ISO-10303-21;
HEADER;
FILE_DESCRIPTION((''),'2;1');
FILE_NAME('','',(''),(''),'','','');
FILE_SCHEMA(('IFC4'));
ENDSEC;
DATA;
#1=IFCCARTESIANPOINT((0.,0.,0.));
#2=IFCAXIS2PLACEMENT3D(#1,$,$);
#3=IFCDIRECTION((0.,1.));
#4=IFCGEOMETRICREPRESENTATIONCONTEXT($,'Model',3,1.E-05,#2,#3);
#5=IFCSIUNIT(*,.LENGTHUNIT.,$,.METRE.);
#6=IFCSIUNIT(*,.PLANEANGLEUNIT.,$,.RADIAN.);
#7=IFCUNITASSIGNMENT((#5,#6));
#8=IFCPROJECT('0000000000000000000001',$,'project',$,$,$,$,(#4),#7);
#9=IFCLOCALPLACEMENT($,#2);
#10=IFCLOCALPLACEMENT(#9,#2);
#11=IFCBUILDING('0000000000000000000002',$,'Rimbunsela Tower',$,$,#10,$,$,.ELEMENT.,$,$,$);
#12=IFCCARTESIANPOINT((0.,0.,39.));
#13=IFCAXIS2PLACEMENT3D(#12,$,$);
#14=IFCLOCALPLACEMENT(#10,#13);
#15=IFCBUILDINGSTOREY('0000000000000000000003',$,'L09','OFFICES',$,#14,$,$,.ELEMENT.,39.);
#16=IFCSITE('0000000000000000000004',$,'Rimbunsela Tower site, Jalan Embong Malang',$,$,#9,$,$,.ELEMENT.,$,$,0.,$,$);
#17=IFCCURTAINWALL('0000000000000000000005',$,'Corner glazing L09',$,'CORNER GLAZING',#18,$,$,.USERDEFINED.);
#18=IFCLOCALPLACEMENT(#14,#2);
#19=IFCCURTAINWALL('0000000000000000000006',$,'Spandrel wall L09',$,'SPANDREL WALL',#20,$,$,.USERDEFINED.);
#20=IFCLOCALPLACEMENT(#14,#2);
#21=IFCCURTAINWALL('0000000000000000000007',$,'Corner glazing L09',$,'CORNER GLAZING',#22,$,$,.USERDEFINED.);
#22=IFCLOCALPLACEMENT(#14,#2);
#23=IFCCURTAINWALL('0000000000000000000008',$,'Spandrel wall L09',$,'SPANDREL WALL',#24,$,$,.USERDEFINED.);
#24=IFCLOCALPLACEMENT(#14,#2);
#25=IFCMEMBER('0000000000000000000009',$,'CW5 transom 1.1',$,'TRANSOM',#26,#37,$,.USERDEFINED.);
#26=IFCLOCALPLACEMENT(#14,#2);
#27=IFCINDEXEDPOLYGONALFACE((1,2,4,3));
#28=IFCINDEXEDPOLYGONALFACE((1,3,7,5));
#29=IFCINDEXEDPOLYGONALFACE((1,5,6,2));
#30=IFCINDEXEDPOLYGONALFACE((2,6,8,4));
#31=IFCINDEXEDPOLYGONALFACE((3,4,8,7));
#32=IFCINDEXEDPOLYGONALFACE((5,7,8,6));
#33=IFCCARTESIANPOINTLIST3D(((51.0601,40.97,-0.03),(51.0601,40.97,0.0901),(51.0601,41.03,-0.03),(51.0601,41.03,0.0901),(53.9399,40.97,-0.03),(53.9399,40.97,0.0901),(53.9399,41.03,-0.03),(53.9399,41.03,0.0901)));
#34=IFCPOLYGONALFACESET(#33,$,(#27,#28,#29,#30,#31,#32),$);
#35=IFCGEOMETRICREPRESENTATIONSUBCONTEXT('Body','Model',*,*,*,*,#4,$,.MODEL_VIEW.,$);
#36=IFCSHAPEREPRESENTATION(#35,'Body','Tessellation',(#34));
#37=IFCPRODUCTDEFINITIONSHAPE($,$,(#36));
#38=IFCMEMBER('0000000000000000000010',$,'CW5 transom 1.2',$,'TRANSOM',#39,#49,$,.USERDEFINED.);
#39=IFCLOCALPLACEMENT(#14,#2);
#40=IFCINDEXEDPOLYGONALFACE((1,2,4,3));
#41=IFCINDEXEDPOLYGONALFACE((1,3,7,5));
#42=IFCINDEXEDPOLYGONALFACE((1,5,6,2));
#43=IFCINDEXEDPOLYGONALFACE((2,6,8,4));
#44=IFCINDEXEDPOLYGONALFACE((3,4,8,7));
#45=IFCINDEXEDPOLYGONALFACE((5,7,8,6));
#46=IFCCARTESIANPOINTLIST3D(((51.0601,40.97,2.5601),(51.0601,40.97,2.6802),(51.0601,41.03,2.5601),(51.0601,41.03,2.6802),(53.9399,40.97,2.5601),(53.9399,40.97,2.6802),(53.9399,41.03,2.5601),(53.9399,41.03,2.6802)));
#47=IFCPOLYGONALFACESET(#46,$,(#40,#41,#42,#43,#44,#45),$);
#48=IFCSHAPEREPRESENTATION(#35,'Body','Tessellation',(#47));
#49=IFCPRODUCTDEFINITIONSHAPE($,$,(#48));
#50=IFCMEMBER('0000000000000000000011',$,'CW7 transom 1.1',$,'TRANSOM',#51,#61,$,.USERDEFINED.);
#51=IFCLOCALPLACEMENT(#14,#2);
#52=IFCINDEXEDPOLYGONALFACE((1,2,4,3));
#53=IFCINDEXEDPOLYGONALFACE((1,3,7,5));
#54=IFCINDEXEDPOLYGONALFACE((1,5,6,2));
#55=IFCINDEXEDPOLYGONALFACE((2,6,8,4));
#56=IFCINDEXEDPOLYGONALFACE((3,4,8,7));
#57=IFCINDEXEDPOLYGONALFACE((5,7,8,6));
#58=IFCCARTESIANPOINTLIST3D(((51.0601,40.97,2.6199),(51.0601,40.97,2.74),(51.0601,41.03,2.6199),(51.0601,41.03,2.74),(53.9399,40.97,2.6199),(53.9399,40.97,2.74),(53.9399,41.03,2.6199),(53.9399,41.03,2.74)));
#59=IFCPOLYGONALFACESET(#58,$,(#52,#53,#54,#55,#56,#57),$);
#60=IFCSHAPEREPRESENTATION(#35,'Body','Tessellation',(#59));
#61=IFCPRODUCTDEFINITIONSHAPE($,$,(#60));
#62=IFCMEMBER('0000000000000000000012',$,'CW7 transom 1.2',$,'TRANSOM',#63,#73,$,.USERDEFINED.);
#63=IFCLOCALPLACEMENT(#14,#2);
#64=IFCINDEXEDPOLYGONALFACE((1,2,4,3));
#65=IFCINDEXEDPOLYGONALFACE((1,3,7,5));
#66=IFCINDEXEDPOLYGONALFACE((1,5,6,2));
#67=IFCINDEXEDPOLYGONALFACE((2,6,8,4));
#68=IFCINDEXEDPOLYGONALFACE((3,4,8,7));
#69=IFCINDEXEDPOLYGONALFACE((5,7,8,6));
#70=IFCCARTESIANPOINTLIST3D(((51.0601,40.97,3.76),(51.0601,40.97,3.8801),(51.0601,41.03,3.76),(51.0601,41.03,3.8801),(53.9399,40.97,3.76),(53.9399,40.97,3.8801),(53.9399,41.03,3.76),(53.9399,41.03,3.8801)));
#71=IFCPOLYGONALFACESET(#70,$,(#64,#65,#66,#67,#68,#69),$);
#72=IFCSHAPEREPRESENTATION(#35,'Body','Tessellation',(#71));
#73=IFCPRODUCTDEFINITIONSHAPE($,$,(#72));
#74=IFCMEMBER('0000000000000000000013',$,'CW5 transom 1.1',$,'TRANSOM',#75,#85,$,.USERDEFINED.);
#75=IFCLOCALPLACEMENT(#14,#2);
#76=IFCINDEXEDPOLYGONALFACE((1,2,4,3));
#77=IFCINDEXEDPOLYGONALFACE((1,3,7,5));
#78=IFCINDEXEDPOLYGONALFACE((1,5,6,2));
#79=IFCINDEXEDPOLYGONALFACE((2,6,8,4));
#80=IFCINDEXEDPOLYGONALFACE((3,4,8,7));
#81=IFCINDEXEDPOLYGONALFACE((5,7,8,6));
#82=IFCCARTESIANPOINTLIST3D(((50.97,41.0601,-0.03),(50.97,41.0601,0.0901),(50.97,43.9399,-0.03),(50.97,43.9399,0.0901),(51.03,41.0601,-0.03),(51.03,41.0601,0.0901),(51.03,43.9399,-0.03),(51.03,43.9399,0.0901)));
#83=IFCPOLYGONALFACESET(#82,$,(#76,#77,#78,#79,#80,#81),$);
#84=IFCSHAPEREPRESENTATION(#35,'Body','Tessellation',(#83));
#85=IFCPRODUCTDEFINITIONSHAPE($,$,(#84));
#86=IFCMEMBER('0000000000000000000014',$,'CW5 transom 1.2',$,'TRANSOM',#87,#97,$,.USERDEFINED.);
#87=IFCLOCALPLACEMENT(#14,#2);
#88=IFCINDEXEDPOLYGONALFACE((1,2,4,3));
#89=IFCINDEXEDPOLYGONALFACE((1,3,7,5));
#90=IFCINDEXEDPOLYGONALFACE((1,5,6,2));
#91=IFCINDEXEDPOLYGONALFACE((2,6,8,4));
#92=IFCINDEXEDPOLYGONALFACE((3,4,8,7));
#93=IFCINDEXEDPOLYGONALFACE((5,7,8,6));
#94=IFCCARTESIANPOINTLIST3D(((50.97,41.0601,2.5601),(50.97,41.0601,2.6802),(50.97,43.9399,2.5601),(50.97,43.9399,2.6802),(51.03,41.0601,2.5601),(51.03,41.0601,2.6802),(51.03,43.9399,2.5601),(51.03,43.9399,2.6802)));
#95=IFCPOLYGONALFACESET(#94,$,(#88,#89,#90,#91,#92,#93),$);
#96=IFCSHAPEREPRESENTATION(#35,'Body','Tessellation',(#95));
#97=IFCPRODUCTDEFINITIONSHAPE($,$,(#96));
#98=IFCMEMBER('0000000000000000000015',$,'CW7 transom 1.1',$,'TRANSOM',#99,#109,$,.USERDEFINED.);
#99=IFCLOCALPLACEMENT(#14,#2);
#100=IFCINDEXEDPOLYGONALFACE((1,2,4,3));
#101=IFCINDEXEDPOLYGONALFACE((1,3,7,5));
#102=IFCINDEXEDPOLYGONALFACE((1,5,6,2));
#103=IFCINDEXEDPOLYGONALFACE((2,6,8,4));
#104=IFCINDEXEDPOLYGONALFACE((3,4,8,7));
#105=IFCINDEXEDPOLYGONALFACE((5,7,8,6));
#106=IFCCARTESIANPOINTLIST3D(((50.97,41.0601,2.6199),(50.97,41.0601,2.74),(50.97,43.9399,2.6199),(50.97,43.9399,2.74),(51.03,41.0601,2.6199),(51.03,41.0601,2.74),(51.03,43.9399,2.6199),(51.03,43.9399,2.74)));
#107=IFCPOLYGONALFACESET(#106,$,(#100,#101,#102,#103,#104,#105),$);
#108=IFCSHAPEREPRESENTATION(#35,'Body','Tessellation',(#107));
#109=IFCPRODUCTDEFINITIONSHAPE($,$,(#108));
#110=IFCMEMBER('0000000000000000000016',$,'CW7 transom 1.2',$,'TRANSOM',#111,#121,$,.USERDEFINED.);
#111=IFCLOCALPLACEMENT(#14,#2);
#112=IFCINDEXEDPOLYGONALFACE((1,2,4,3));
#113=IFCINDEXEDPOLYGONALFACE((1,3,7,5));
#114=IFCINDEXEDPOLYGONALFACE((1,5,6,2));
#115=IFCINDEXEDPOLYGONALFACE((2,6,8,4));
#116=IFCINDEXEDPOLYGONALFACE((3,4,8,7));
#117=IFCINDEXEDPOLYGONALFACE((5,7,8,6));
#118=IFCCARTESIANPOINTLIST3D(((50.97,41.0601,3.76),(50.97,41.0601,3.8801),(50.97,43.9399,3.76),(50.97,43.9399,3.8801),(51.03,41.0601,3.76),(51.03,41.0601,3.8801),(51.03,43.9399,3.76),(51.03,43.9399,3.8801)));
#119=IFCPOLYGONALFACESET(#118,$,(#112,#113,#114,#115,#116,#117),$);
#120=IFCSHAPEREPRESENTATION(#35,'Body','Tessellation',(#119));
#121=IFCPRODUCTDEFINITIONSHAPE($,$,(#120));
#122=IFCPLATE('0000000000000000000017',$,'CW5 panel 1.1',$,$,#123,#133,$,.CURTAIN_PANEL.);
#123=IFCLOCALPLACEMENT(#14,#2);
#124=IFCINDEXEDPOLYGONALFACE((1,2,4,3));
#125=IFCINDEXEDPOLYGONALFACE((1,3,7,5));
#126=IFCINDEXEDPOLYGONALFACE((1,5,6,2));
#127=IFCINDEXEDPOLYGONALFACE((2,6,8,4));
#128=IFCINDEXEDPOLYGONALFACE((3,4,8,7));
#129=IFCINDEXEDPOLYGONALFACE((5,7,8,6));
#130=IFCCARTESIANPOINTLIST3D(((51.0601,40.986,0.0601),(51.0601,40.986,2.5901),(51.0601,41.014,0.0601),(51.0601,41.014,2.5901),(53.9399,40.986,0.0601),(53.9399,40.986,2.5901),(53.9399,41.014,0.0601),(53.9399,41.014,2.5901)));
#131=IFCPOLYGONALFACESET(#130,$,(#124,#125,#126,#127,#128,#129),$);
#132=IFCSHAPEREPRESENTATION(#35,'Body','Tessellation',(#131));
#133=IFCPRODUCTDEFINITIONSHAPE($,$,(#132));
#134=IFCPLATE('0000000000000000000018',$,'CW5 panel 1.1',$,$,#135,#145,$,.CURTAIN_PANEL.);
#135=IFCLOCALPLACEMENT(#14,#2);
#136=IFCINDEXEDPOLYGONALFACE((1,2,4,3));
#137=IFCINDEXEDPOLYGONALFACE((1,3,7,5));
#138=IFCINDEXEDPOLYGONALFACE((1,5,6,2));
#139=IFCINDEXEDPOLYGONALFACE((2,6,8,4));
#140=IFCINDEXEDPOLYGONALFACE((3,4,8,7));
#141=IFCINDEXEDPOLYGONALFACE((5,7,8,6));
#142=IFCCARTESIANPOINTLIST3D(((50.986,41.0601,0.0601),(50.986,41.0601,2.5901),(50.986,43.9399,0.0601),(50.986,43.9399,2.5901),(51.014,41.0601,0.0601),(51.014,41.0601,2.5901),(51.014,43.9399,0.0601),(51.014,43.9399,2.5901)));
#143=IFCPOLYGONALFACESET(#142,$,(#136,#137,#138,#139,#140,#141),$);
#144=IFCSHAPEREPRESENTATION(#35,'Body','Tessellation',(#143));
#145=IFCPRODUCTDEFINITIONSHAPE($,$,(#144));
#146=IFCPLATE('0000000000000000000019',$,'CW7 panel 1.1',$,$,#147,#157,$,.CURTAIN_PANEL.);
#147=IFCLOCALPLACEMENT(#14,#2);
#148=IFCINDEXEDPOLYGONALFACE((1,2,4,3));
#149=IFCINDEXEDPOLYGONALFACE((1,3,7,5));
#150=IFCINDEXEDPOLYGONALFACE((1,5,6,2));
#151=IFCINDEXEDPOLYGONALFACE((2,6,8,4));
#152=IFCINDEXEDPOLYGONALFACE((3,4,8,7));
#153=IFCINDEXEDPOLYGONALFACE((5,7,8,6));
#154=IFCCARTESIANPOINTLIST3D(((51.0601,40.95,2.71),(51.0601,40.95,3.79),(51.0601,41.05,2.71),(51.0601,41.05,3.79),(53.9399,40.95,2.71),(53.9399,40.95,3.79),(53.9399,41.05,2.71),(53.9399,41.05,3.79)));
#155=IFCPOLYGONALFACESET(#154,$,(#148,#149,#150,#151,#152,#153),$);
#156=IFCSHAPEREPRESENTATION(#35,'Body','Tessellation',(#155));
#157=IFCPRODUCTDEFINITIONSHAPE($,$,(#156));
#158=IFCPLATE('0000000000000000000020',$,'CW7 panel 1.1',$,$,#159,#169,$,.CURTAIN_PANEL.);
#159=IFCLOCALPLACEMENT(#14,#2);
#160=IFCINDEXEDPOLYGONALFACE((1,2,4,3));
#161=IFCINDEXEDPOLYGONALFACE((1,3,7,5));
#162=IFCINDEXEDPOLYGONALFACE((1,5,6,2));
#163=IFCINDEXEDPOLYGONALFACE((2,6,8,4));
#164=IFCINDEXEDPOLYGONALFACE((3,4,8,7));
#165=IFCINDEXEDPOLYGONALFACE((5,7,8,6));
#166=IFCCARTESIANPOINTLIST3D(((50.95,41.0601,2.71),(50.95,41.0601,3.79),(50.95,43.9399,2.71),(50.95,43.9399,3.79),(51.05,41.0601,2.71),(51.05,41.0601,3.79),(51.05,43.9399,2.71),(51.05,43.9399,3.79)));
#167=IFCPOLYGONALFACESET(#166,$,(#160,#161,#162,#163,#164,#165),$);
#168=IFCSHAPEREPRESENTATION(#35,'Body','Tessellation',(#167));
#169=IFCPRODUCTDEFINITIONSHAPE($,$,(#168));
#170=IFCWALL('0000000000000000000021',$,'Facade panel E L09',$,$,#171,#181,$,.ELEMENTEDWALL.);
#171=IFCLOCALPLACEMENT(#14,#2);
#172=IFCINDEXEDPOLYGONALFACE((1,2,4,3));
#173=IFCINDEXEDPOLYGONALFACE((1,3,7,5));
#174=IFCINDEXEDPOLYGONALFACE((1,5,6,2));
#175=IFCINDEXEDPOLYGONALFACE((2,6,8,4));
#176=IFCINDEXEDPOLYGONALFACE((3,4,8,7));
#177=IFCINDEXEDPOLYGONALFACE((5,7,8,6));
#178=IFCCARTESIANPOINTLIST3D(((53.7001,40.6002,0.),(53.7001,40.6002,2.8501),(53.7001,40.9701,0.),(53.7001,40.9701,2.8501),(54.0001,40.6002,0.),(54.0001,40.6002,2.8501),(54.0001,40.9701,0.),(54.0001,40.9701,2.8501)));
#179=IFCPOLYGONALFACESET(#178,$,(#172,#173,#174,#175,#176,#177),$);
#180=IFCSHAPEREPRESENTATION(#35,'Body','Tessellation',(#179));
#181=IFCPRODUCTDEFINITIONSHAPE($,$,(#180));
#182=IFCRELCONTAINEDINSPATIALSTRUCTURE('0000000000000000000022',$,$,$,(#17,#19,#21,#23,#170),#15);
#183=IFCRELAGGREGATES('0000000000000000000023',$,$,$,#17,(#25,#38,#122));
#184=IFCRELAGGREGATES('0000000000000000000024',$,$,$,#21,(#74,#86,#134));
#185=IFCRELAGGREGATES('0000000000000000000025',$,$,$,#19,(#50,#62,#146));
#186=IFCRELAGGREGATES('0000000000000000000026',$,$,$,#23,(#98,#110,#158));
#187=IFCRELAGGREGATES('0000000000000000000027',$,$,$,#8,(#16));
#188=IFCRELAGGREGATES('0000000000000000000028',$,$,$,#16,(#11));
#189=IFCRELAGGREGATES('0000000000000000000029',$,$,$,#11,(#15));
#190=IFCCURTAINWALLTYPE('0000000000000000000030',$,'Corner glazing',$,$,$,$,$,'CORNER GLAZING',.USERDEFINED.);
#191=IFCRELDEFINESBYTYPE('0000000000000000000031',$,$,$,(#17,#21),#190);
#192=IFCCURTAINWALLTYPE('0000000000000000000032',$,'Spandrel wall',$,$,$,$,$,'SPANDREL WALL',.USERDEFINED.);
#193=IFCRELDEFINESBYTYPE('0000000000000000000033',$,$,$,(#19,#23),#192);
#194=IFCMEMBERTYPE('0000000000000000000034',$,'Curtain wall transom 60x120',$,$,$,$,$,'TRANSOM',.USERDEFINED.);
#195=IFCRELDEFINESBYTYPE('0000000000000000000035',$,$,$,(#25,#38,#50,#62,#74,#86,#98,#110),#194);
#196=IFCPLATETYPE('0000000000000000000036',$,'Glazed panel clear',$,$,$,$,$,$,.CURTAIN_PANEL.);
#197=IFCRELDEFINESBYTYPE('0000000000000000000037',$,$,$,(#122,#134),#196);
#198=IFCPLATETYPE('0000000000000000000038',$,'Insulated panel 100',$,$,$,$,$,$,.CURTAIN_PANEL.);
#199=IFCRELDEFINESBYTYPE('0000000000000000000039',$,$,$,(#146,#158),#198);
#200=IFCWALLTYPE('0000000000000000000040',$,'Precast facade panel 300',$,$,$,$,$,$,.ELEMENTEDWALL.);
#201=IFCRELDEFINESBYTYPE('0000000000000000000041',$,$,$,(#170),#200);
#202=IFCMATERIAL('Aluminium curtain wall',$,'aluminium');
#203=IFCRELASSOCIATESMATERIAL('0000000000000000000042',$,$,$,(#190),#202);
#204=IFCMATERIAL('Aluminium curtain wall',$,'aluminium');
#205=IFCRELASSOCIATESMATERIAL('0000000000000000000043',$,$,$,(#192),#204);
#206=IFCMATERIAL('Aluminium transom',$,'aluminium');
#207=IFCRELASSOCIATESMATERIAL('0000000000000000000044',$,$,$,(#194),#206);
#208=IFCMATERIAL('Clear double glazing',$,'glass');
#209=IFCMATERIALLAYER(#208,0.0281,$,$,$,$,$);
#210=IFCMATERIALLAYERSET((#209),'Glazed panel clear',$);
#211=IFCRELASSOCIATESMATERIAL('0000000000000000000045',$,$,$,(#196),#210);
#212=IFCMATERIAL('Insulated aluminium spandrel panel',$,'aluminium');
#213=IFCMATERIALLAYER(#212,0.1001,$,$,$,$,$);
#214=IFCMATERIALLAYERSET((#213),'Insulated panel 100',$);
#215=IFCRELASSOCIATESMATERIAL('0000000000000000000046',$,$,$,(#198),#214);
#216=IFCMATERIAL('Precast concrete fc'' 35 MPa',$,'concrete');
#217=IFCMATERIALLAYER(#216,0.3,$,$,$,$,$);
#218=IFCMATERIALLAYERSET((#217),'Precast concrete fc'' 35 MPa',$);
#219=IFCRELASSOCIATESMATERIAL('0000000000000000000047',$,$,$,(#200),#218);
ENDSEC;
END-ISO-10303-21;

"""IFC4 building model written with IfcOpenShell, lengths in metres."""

from ifc_helpers import new_model, si_unit, direction, frame, frame_2d, origin, origin_2d, place, context, subcontext, project, spatial, rectangle, extrude, material, layer, layer_set, material_profile, profile_set, type_object, element, aggregate, save


model = new_model("IFC4")

# Units and contexts
model_context = context("Model", 3, precision=1e-05, world=origin(), true_north=direction((0.0, 1.0)))
body_context = subcontext(model_context, "Body", "Model", "MODEL_VIEW")
ifc_project = project(units=[si_unit("LENGTHUNIT", "METRE"), si_unit("PLANEANGLEUNIT", "RADIAN")], contexts=[model_context])

# Site, building, storey
site_placement = place(None, origin())
site = spatial("IfcSite", under=ifc_project, at=site_placement, Name="Rimbunsela Tower site, Jalan Embong Malang", CompositionType="ELEMENT", RefElevation=0.0)
building_placement = place(site_placement, origin())
building = spatial("IfcBuilding", under=site, at=building_placement, Name="Rimbunsela Tower", CompositionType="ELEMENT")
storey_placement = place(building_placement, frame((0.0, 0.0, 39.0)))
storey = spatial("IfcBuildingStorey", under=building, at=storey_placement, Name="L09", Description="OFFICES", CompositionType="ELEMENT", Elevation=39.0)

# Curtain walls
ifc_material_1 = material(Name="Aluminium curtain wall", Category="aluminium")
curtain_wall_type_1 = type_object("IfcCurtainWallType", Name="Corner glazing", ElementType="CORNER GLAZING", PredefinedType="USERDEFINED", material=ifc_material_1)
curtain_wall_1_placement = place(storey_placement, origin())
curtain_wall_1 = element("IfcCurtainWall", 1, at=curtain_wall_1_placement, inside=storey, type_object=curtain_wall_type_1, Name="Corner glazing L09", ObjectType="CORNER GLAZING", PredefinedType="USERDEFINED")
ifc_material_2 = material(Name="Aluminium curtain wall", Category="aluminium")
curtain_wall_type_2 = type_object("IfcCurtainWallType", Name="Spandrel wall", ElementType="SPANDREL WALL", PredefinedType="USERDEFINED", material=ifc_material_2)
curtain_wall_2_placement = place(storey_placement, origin())
curtain_wall_2 = element("IfcCurtainWall", 2, at=curtain_wall_2_placement, inside=storey, type_object=curtain_wall_type_2, Name="Spandrel wall L09", ObjectType="SPANDREL WALL", PredefinedType="USERDEFINED")
curtain_wall_3_placement = place(storey_placement, origin())
curtain_wall_3 = element("IfcCurtainWall", 3, at=curtain_wall_3_placement, inside=storey, type_object=curtain_wall_type_1, Name="Corner glazing L09", ObjectType="CORNER GLAZING", PredefinedType="USERDEFINED")
curtain_wall_4_placement = place(storey_placement, origin())
curtain_wall_4 = element("IfcCurtainWall", 4, at=curtain_wall_4_placement, inside=storey, type_object=curtain_wall_type_2, Name="Spandrel wall L09", ObjectType="SPANDREL WALL", PredefinedType="USERDEFINED")

# Members
ifc_material_3 = material(Name="Aluminium transom", Category="aluminium")
ifc_material_profile_1 = material_profile(ifc_material_3, rectangle(XDim=0.0601, YDim=0.1201, at=origin_2d()), Name="Transom 60x120")
ifc_profile_set_1 = profile_set([ifc_material_profile_1], Name="Aluminium transom")
member_type_1 = type_object("IfcMemberType", Name="Curtain wall transom 60x120", ElementType="TRANSOM", PredefinedType="USERDEFINED", material=ifc_profile_set_1)
member_1_placement = place(storey_placement, frame((53.9399, 41.0, 0.03), z_axis=(-1.0, 0.0, 0.0), x_axis=(0.0, -1.0, 0.0)))
member_1 = element("IfcMember", 5, at=member_1_placement, type_object=member_type_1, Name="CW5 transom 1.1", ObjectType="TRANSOM", PredefinedType="USERDEFINED", context=body_context, shape_type="SweptSolid", body=[
    extrude(rectangle(XDim=0.0601, YDim=0.1201, at=origin_2d()), origin(), (0.0, 0.0, 1.0), 2.8799),
])
member_2_placement = place(storey_placement, frame((53.9399, 41.0, 2.6201), z_axis=(-1.0, 0.0, 0.0), x_axis=(0.0, -1.0, 0.0)))
member_2 = element("IfcMember", 6, at=member_2_placement, type_object=member_type_1, Name="CW5 transom 1.2", ObjectType="TRANSOM", PredefinedType="USERDEFINED", context=body_context, shape_type="SweptSolid", body=[
    extrude(rectangle(XDim=0.0601, YDim=0.1201, at=origin_2d()), origin(), (0.0, 0.0, 1.0), 2.8799),
])
member_3_placement = place(storey_placement, frame((53.9399, 41.0, 2.6799), z_axis=(-1.0, 0.0, 0.0), x_axis=(0.0, -1.0, 0.0)))
member_3 = element("IfcMember", 7, at=member_3_placement, type_object=member_type_1, Name="CW7 transom 1.1", ObjectType="TRANSOM", PredefinedType="USERDEFINED", context=body_context, shape_type="SweptSolid", body=[
    extrude(rectangle(XDim=0.0601, YDim=0.1201, at=origin_2d()), origin(), (0.0, 0.0, 1.0), 2.8799),
])
member_4_placement = place(storey_placement, frame((53.9399, 41.0, 3.8201), z_axis=(-1.0, 0.0, 0.0), x_axis=(0.0, -1.0, 0.0)))
member_4 = element("IfcMember", 8, at=member_4_placement, type_object=member_type_1, Name="CW7 transom 1.2", ObjectType="TRANSOM", PredefinedType="USERDEFINED", context=body_context, shape_type="SweptSolid", body=[
    extrude(rectangle(XDim=0.0601, YDim=0.1201, at=origin_2d()), origin(), (0.0, 0.0, 1.0), 2.8799),
])
member_5_placement = place(storey_placement, frame((51.0, 41.0601, 0.03), z_axis=(0.0, 1.0, 0.0), x_axis=(-1.0, 0.0, 0.0)))
member_5 = element("IfcMember", 9, at=member_5_placement, type_object=member_type_1, Name="CW5 transom 1.1", ObjectType="TRANSOM", PredefinedType="USERDEFINED", context=body_context, shape_type="SweptSolid", body=[
    extrude(rectangle(XDim=0.0601, YDim=0.1201, at=origin_2d()), origin(), (0.0, 0.0, 1.0), 2.8799),
])
member_6_placement = place(storey_placement, frame((51.0, 41.0601, 2.6201), z_axis=(0.0, 1.0, 0.0), x_axis=(-1.0, 0.0, 0.0)))
member_6 = element("IfcMember", 10, at=member_6_placement, type_object=member_type_1, Name="CW5 transom 1.2", ObjectType="TRANSOM", PredefinedType="USERDEFINED", context=body_context, shape_type="SweptSolid", body=[
    extrude(rectangle(XDim=0.0601, YDim=0.1201, at=origin_2d()), origin(), (0.0, 0.0, 1.0), 2.8799),
])
member_7_placement = place(storey_placement, frame((51.0, 41.0601, 2.6799), z_axis=(0.0, 1.0, 0.0), x_axis=(-1.0, 0.0, 0.0)))
member_7 = element("IfcMember", 11, at=member_7_placement, type_object=member_type_1, Name="CW7 transom 1.1", ObjectType="TRANSOM", PredefinedType="USERDEFINED", context=body_context, shape_type="SweptSolid", body=[
    extrude(rectangle(XDim=0.0601, YDim=0.1201, at=origin_2d()), origin(), (0.0, 0.0, 1.0), 2.8799),
])
member_8_placement = place(storey_placement, frame((51.0, 41.0601, 3.8201), z_axis=(0.0, 1.0, 0.0), x_axis=(-1.0, 0.0, 0.0)))
member_8 = element("IfcMember", 12, at=member_8_placement, type_object=member_type_1, Name="CW7 transom 1.2", ObjectType="TRANSOM", PredefinedType="USERDEFINED", context=body_context, shape_type="SweptSolid", body=[
    extrude(rectangle(XDim=0.0601, YDim=0.1201, at=origin_2d()), origin(), (0.0, 0.0, 1.0), 2.8799),
])

# Plates
ifc_material_4 = material(Name="Clear double glazing", Category="glass")
ifc_layer_1 = layer(ifc_material_4, 0.0281)
ifc_layer_set_1 = layer_set([ifc_layer_1], Name="Glazed panel clear")
plate_type_1 = type_object("IfcPlateType", Name="Glazed panel clear", PredefinedType="CURTAIN_PANEL", material=ifc_layer_set_1)
plate_1_placement = place(storey_placement, frame((52.5, 41.0, 0.0601), z_axis=(0.0, 0.0, 1.0), x_axis=(-1.0, 0.0, 0.0)))
plate_1 = element("IfcPlate", 13, at=plate_1_placement, type_object=plate_type_1, Name="CW5 panel 1.1", PredefinedType="CURTAIN_PANEL", context=body_context, shape_type="SweptSolid", body=[
    extrude(rectangle(XDim=2.8799, YDim=0.0281, at=origin_2d()), origin(), (0.0, 0.0, 1.0), 2.53),
])
aggregate(curtain_wall_1, [member_1, member_2, plate_1])
plate_2_placement = place(storey_placement, frame((51.0, 42.5, 0.0601), z_axis=(0.0, 0.0, 1.0), x_axis=(0.0, 1.0, 0.0)))
plate_2 = element("IfcPlate", 14, at=plate_2_placement, type_object=plate_type_1, Name="CW5 panel 1.1", PredefinedType="CURTAIN_PANEL", context=body_context, shape_type="SweptSolid", body=[
    extrude(rectangle(XDim=2.8799, YDim=0.0281, at=origin_2d()), origin(), (0.0, 0.0, 1.0), 2.53),
])
aggregate(curtain_wall_3, [member_5, member_6, plate_2])
ifc_material_5 = material(Name="Insulated aluminium spandrel panel", Category="aluminium")
ifc_layer_2 = layer(ifc_material_5, 0.1001)
ifc_layer_set_2 = layer_set([ifc_layer_2], Name="Insulated panel 100")
plate_type_2 = type_object("IfcPlateType", Name="Insulated panel 100", PredefinedType="CURTAIN_PANEL", material=ifc_layer_set_2)
plate_3_placement = place(storey_placement, frame((52.5, 41.0, 2.71), z_axis=(0.0, 0.0, 1.0), x_axis=(-1.0, 0.0, 0.0)))
plate_3 = element("IfcPlate", 15, at=plate_3_placement, type_object=plate_type_2, Name="CW7 panel 1.1", PredefinedType="CURTAIN_PANEL", context=body_context, shape_type="SweptSolid", body=[
    extrude(rectangle(XDim=2.8799, YDim=0.1001, at=origin_2d()), origin(), (0.0, 0.0, 1.0), 1.0801),
])
aggregate(curtain_wall_2, [member_3, member_4, plate_3])
plate_4_placement = place(storey_placement, frame((51.0, 42.5, 2.71), z_axis=(0.0, 0.0, 1.0), x_axis=(0.0, 1.0, 0.0)))
plate_4 = element("IfcPlate", 16, at=plate_4_placement, type_object=plate_type_2, Name="CW7 panel 1.1", PredefinedType="CURTAIN_PANEL", context=body_context, shape_type="SweptSolid", body=[
    extrude(rectangle(XDim=2.8799, YDim=0.1001, at=origin_2d()), origin(), (0.0, 0.0, 1.0), 1.0801),
])
aggregate(curtain_wall_4, [member_7, member_8, plate_4])

# Wall
ifc_material_6 = material(Name="Precast concrete fc' 35 MPa", Category="concrete")
ifc_layer_3 = layer(ifc_material_6, 0.3)
ifc_layer_set_3 = layer_set([ifc_layer_3], Name="Precast concrete fc' 35 MPa")
wall_type = type_object("IfcWallType", Name="Precast facade panel 300", PredefinedType="ELEMENTEDWALL", material=ifc_layer_set_3)
wall_1_placement = place(storey_placement, frame((53.8501, 40.6001, 0.0), z_axis=(0.0, 0.0, 1.0), x_axis=(0.0, 1.0, 0.0)))
element("IfcWall", 17, at=wall_1_placement, inside=storey, type_object=wall_type, Name="Facade panel E L09", PredefinedType="ELEMENTEDWALL", context=body_context, shape_type="SweptSolid", body=[
    extrude(rectangle(XDim=0.3699, YDim=0.3, at=frame_2d((0.1851, 0.0))), origin(), (0.0, 0.0, 1.0), 2.8501),
])

save(model, "model.ifc")
